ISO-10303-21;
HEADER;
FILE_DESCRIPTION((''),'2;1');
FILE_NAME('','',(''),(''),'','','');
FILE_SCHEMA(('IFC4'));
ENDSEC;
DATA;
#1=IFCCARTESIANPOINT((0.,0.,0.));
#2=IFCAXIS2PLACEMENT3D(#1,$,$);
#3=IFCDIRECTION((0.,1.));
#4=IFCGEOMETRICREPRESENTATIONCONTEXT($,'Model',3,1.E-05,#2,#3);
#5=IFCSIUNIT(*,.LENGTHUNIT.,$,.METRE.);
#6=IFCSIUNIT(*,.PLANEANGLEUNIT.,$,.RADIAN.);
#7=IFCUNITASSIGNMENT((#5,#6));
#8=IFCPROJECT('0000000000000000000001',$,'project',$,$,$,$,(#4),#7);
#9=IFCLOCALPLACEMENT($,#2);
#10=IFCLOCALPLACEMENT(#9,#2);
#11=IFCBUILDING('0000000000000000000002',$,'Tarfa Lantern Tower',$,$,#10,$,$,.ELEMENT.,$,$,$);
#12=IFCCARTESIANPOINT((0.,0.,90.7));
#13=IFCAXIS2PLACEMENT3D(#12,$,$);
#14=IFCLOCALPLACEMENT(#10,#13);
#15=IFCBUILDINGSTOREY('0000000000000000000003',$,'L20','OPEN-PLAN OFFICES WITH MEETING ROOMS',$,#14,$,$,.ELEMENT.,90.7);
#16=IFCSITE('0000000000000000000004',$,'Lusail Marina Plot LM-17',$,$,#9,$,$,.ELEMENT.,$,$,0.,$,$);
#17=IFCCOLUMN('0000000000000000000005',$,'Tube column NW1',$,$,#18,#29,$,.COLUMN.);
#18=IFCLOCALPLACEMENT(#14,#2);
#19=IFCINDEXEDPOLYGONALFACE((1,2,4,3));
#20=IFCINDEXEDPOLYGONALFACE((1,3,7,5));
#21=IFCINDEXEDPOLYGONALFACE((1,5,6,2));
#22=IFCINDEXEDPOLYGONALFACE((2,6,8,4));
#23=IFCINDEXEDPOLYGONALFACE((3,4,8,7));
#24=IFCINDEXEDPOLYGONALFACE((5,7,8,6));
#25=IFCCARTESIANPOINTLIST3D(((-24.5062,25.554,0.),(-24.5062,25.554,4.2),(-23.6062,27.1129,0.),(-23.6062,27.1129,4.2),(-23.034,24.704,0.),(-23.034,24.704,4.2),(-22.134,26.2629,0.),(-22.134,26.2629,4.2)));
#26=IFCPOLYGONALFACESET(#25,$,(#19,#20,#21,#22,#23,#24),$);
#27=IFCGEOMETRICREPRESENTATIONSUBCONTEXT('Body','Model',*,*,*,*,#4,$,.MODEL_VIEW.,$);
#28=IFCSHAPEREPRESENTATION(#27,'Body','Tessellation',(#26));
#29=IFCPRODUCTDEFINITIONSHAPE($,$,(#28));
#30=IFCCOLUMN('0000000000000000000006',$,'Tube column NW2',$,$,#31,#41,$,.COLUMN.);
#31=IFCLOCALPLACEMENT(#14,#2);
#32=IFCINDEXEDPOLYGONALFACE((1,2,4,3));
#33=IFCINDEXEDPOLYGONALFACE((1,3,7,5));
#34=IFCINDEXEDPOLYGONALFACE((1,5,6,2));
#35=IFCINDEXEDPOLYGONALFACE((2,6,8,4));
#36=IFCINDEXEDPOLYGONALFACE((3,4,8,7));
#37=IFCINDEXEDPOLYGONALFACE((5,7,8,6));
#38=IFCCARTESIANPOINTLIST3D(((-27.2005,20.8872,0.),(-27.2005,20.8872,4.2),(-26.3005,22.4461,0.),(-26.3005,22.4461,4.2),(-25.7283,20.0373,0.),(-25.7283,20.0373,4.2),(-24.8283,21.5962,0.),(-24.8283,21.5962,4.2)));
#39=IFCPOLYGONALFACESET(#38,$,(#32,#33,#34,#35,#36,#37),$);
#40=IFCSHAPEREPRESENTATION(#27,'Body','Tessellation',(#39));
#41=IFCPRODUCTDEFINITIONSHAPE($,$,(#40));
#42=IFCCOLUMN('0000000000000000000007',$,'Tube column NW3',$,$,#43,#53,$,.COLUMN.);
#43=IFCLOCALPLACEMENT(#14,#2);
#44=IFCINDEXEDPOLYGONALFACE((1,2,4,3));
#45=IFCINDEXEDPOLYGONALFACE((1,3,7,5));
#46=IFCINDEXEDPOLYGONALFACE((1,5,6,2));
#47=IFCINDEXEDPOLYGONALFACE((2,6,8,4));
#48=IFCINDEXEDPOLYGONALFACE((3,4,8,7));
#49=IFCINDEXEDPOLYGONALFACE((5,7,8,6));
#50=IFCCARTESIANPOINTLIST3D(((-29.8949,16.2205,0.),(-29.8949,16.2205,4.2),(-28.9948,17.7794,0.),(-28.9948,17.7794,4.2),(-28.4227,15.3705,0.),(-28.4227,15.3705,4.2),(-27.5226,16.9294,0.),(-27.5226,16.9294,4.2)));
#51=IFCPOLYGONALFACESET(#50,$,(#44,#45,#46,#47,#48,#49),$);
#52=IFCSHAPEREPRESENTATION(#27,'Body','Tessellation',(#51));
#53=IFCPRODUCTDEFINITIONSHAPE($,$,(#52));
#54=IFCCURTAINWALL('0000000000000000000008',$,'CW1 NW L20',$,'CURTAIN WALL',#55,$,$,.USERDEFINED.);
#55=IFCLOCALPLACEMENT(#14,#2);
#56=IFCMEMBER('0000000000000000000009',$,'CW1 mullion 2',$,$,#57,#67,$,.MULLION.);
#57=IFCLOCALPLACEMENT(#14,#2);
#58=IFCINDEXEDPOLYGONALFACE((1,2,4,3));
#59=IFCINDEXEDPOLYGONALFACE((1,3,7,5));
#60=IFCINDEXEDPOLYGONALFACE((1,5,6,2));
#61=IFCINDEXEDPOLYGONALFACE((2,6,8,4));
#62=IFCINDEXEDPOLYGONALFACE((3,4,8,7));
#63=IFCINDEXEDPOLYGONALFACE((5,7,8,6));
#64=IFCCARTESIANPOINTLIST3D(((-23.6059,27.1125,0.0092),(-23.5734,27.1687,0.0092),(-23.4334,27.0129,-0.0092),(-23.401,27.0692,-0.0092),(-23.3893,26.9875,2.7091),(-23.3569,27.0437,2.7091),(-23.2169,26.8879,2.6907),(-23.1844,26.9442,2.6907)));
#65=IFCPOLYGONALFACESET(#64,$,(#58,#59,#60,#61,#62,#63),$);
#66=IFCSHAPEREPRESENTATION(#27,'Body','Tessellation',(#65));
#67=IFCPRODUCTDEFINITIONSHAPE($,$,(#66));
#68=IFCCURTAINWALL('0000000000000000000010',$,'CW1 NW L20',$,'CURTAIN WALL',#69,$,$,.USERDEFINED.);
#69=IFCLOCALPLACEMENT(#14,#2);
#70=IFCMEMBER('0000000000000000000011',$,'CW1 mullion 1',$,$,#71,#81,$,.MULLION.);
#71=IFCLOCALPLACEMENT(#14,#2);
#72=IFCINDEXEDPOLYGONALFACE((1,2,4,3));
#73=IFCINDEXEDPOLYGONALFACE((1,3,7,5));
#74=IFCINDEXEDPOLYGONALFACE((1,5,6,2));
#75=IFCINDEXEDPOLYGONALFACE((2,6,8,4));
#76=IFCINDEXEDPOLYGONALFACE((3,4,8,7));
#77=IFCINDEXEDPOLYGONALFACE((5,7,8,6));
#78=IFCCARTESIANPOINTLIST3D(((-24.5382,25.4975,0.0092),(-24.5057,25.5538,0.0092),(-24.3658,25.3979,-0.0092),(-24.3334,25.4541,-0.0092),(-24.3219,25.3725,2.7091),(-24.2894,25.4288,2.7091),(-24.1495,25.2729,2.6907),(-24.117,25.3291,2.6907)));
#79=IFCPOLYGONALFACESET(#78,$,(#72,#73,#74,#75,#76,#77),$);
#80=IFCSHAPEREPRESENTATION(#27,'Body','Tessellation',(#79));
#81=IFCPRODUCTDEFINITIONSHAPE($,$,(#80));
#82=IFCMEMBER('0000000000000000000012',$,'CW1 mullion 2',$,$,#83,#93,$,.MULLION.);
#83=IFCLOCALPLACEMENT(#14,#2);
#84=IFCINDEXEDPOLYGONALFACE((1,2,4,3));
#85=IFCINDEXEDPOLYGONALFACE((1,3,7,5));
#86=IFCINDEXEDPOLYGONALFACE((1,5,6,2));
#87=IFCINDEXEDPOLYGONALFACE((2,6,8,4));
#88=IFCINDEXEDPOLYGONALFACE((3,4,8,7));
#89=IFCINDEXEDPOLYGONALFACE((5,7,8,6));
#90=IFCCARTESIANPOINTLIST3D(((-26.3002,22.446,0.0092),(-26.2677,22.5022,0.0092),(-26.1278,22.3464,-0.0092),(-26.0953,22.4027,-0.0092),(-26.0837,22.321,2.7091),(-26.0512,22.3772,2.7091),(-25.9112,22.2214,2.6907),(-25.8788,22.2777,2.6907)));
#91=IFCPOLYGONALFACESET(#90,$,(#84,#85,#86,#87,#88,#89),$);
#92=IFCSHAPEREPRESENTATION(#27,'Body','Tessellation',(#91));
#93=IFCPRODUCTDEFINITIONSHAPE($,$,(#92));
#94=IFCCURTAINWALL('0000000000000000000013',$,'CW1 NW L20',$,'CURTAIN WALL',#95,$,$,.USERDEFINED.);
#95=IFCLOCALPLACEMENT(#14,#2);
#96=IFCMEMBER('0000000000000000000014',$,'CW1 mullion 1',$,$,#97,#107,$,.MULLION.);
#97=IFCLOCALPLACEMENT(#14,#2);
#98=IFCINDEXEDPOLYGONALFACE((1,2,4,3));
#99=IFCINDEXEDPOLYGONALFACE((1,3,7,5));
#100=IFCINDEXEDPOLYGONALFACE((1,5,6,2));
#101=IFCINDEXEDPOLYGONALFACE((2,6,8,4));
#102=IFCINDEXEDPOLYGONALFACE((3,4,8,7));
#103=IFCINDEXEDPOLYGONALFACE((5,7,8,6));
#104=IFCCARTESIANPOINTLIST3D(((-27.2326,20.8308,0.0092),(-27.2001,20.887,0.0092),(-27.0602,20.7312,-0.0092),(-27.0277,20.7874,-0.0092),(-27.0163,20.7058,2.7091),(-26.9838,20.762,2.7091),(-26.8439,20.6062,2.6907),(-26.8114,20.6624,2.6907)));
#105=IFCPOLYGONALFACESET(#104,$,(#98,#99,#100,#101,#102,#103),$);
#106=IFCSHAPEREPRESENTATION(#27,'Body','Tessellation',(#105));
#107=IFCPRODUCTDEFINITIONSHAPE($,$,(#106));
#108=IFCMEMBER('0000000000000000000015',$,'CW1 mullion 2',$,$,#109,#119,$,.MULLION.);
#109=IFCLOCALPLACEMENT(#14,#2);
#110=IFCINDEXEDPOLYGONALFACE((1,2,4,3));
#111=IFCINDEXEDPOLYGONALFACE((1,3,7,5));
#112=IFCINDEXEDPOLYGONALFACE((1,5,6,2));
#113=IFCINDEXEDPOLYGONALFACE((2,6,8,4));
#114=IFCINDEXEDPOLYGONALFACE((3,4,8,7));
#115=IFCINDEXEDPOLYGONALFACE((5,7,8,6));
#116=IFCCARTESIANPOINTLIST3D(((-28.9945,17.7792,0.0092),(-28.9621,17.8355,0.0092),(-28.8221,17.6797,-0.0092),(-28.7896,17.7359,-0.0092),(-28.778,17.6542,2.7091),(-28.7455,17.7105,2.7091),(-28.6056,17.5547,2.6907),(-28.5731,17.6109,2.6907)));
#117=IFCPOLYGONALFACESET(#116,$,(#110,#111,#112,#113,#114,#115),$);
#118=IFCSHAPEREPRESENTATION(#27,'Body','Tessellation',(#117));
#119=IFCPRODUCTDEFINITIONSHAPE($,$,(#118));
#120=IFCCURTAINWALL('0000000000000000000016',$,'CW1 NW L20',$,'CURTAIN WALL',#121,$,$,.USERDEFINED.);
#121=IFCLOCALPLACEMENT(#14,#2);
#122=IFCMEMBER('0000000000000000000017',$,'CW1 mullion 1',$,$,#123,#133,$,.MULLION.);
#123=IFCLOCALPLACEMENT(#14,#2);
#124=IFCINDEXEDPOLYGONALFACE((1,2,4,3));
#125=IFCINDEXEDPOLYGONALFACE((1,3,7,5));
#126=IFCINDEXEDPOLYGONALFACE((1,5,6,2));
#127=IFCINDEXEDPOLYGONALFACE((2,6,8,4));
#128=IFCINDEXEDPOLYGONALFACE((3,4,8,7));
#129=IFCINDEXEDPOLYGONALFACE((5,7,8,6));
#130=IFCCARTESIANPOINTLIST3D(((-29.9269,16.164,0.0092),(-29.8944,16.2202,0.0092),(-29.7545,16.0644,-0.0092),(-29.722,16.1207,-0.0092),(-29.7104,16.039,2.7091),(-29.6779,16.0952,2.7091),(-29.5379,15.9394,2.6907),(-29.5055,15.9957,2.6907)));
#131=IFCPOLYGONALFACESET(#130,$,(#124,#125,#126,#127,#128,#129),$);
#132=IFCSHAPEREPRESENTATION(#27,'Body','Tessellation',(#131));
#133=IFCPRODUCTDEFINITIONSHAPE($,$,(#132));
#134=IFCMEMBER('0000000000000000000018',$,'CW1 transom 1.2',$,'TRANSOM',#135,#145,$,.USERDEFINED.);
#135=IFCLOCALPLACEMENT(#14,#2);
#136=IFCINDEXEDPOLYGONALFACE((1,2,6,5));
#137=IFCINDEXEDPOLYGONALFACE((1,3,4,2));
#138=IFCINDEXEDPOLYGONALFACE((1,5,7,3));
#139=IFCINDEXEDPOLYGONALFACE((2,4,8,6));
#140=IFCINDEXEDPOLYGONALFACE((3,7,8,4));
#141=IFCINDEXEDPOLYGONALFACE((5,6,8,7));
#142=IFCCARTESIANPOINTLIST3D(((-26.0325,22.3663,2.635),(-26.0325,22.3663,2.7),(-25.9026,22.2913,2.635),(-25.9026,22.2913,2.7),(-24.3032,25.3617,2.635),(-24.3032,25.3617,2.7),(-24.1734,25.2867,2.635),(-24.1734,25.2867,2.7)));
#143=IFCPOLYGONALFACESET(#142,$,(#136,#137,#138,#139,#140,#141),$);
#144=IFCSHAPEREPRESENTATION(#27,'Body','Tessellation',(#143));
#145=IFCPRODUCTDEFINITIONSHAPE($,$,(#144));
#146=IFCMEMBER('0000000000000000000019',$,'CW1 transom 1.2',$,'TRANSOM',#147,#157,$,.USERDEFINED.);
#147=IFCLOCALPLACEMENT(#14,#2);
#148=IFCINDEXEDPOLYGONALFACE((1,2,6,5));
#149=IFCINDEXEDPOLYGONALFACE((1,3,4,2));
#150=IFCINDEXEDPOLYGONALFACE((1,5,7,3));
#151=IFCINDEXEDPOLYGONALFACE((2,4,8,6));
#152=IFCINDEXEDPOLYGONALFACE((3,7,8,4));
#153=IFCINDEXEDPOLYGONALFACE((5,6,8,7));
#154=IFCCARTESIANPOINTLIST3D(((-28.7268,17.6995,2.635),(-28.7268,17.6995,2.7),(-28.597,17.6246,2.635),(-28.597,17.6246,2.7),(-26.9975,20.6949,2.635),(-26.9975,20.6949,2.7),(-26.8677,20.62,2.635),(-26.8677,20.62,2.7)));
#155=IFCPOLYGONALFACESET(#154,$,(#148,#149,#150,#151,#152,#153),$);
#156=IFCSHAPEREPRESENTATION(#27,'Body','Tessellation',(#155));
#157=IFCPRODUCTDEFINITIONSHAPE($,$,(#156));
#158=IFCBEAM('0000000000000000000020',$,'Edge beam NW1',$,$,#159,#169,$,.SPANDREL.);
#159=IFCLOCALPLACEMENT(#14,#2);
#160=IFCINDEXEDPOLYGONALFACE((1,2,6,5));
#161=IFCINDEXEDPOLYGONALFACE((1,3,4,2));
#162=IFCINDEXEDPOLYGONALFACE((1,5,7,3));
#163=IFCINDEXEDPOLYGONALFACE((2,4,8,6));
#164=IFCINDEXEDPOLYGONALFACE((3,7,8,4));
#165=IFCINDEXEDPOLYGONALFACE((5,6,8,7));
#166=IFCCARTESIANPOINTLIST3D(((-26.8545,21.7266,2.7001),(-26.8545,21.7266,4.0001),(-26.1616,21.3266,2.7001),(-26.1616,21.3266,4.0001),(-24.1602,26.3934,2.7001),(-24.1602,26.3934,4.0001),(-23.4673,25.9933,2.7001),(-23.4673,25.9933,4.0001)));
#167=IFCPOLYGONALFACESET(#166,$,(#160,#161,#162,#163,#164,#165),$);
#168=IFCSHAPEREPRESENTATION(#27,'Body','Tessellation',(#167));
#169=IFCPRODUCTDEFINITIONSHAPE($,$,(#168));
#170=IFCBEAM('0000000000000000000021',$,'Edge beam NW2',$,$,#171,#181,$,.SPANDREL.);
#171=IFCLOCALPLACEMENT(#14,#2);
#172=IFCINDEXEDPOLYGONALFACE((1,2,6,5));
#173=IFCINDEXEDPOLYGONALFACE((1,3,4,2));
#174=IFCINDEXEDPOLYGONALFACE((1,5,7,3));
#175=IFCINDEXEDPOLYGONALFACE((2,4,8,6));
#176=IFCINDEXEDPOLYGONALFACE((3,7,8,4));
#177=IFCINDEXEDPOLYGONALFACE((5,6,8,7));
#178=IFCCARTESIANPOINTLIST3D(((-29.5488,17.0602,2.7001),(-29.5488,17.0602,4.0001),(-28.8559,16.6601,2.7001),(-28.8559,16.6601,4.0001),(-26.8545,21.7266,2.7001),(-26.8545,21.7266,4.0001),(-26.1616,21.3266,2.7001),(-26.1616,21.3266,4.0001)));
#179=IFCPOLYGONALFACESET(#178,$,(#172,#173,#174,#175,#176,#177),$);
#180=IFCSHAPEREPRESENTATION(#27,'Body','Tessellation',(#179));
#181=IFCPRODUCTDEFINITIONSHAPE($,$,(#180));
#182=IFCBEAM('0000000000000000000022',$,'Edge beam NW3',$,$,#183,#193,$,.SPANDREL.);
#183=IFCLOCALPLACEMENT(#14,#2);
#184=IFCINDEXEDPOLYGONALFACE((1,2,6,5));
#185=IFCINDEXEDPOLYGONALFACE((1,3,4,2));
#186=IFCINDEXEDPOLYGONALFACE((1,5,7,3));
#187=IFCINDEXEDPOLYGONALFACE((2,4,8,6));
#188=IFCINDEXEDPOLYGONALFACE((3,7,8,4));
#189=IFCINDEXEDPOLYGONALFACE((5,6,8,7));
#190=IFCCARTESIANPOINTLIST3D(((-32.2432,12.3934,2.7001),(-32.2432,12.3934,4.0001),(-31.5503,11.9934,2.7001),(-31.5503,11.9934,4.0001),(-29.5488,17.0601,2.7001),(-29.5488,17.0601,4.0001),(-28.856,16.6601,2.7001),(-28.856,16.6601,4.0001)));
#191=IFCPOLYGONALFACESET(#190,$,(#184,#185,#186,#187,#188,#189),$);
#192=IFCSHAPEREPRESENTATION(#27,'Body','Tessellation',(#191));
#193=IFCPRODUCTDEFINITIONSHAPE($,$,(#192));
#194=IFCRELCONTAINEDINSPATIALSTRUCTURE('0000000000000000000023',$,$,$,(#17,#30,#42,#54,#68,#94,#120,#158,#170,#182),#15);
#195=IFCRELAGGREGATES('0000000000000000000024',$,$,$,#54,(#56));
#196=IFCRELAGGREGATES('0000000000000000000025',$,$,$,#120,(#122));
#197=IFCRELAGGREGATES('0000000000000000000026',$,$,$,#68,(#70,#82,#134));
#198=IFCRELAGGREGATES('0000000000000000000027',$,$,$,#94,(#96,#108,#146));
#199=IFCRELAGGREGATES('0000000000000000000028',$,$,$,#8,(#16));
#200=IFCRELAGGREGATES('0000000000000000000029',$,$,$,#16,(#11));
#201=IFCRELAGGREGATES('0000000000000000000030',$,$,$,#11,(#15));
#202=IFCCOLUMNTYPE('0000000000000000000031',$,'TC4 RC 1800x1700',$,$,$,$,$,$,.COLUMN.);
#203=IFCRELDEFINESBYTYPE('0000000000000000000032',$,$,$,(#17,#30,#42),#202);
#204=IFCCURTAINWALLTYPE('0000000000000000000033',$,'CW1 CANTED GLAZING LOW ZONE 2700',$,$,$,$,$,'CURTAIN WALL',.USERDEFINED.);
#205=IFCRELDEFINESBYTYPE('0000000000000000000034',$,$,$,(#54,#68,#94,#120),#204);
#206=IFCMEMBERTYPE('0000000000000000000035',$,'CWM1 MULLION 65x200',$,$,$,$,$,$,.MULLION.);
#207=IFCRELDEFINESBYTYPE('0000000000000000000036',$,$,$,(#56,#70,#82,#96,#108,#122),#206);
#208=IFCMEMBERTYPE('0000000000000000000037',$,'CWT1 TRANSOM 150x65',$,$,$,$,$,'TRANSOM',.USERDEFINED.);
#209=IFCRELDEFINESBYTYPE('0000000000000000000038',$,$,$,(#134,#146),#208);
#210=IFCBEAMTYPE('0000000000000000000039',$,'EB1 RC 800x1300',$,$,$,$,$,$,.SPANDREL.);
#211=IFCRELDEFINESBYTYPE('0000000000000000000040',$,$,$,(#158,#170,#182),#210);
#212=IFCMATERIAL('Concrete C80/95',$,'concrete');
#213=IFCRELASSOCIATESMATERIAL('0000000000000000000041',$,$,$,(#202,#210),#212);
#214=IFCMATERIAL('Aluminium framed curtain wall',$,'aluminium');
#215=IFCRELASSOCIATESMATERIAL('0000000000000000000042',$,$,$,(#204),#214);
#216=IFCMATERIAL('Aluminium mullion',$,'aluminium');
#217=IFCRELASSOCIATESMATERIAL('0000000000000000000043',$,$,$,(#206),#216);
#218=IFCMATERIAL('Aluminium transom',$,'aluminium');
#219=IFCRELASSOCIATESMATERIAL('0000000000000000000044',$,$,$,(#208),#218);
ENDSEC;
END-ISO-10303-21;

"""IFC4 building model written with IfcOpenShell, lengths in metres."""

from ifc_helpers import new_model, si_unit, direction, frame, origin, origin_2d, place, context, subcontext, project, spatial, rectangle, extrude, material, material_profile, profile_set, type_object, element, aggregate, save


model = new_model("IFC4")

# Units and contexts
model_context = context("Model", 3, precision=1e-05, world=origin(), true_north=direction((0.0, 1.0)))
body_context = subcontext(model_context, "Body", "Model", "MODEL_VIEW")
ifc_project = project(units=[si_unit("LENGTHUNIT", "METRE"), si_unit("PLANEANGLEUNIT", "RADIAN")], contexts=[model_context])

# Site, building, storey
site_placement = place(None, origin())
site = spatial("IfcSite", under=ifc_project, at=site_placement, Name="Lusail Marina Plot LM-17", CompositionType="ELEMENT", RefElevation=0.0)
building_placement = place(site_placement, origin())
building = spatial("IfcBuilding", under=site, at=building_placement, Name="Tarfa Lantern Tower", CompositionType="ELEMENT")
storey_placement = place(building_placement, frame((0.0, 0.0, 90.7)))
storey = spatial("IfcBuildingStorey", under=building, at=storey_placement, Name="L20", Description="OPEN-PLAN OFFICES WITH MEETING ROOMS", CompositionType="ELEMENT", Elevation=90.7)

# Columns
ifc_material_1 = material(Name="Concrete C80/95", Category="concrete")
ifc_material_profile_1 = material_profile(ifc_material_1, rectangle(XDim=1.8, YDim=1.7, at=origin_2d()), Name="RC 1800x1700")
ifc_profile_set_1 = profile_set([ifc_material_profile_1], Name="Concrete C80/95")
column_type = type_object("IfcColumnType", Name="TC4 RC 1800x1700", PredefinedType="COLUMN", material=ifc_profile_set_1)
for number, where, z_axis, x_axis, name in (
    (1, (-23.3201, 25.9084, 0.0), (0.0, 0.0, 1.0), (-0.5, -0.866025, 0.0), "Tube column NW1"),
    (2, (-26.0144, 21.2417, 0.0), (0.0, 0.0, 1.0), (-0.5, -0.866025, 0.0), "Tube column NW2"),
    (3, (-28.7087, 16.575, 0.0), (0.0, 0.0, 1.0), (-0.5, -0.866025, 0.0), "Tube column NW3"),
):
    element("IfcColumn", number, at=place(storey_placement, frame(where, z_axis=z_axis, x_axis=x_axis)), inside=storey, type_object=column_type, Name=name, PredefinedType="COLUMN", context=body_context, shape_type="SweptSolid", body=[
        extrude(rectangle(XDim=1.8, YDim=1.7, at=origin_2d()), origin(), (0.0, 0.0, 1.0), 4.2),
    ])

# Curtain wall, member
ifc_material_2 = material(Name="Aluminium framed curtain wall", Category="aluminium")
curtain_wall_type = type_object("IfcCurtainWallType", Name="CW1 CANTED GLAZING LOW ZONE 2700", ElementType="CURTAIN WALL", PredefinedType="USERDEFINED", material=ifc_material_2)
curtain_wall_1_placement = place(storey_placement, origin())
curtain_wall_1 = element("IfcCurtainWall", 4, at=curtain_wall_1_placement, inside=storey, type_object=curtain_wall_type, Name="CW1 NW L20", ObjectType="CURTAIN WALL", PredefinedType="USERDEFINED")
ifc_material_3 = material(Name="Aluminium mullion", Category="aluminium")
ifc_material_profile_2 = material_profile(ifc_material_3, rectangle(XDim=0.0649, YDim=0.2, at=origin_2d()), Name="AL MULLION 65x200")
ifc_profile_set_2 = profile_set([ifc_material_profile_2], Name="Aluminium mullion")
member_type_1 = type_object("IfcMemberType", Name="CWM1 MULLION 65x200", PredefinedType="MULLION", material=ifc_profile_set_2)
member_1_placement = place(storey_placement, frame((-23.5034, 27.0908, 0.0), z_axis=(0.079864, -0.0461, 0.995739), x_axis=(0.49992, 0.866072, 0.0)))
member_1 = element("IfcMember", 5, at=member_1_placement, type_object=member_type_1, Name="CW1 mullion 2", PredefinedType="MULLION", context=body_context, shape_type="SweptSolid", body=[
    extrude(rectangle(XDim=0.0649, YDim=0.2, at=origin_2d()), origin(), (0.0, 0.0, 1.0), 2.7114),
])
aggregate(curtain_wall_1, [member_1])

# Curtain walls, members
curtain_wall_2_placement = place(storey_placement, origin())
curtain_wall_2 = element("IfcCurtainWall", 6, at=curtain_wall_2_placement, inside=storey, type_object=curtain_wall_type, Name="CW1 NW L20", ObjectType="CURTAIN WALL", PredefinedType="USERDEFINED")
member_2_placement = place(storey_placement, frame((-24.4358, 25.4758, 0.0), z_axis=(0.079775, -0.0461, 0.995746), x_axis=(0.500343, 0.865827, 0.0)))
member_2 = element("IfcMember", 7, at=member_2_placement, type_object=member_type_1, Name="CW1 mullion 1", PredefinedType="MULLION", context=body_context, shape_type="SweptSolid", body=[
    extrude(rectangle(XDim=0.0649, YDim=0.2, at=origin_2d()), origin(), (0.0, 0.0, 1.0), 2.7114),
])
member_3_placement = place(storey_placement, frame((-26.1978, 22.4243, 0.0), z_axis=(0.079864, -0.0461, 0.995739), x_axis=(0.49992, 0.866072, 0.0)))
member_3 = element("IfcMember", 8, at=member_3_placement, type_object=member_type_1, Name="CW1 mullion 2", PredefinedType="MULLION", context=body_context, shape_type="SweptSolid", body=[
    extrude(rectangle(XDim=0.0649, YDim=0.2, at=origin_2d()), origin(), (0.0, 0.0, 1.0), 2.7114),
])
curtain_wall_3_placement = place(storey_placement, origin())
curtain_wall_3 = element("IfcCurtainWall", 9, at=curtain_wall_3_placement, inside=storey, type_object=curtain_wall_type, Name="CW1 NW L20", ObjectType="CURTAIN WALL", PredefinedType="USERDEFINED")
member_4_placement = place(storey_placement, frame((-27.1301, 20.8091, 0.0), z_axis=(0.079775, -0.0461, 0.995746), x_axis=(0.500343, 0.865827, 0.0)))
member_4 = element("IfcMember", 10, at=member_4_placement, type_object=member_type_1, Name="CW1 mullion 1", PredefinedType="MULLION", context=body_context, shape_type="SweptSolid", body=[
    extrude(rectangle(XDim=0.0649, YDim=0.2, at=origin_2d()), origin(), (0.0, 0.0, 1.0), 2.7114),
])
member_5_placement = place(storey_placement, frame((-28.8921, 17.7576, 0.0), z_axis=(0.079864, -0.0461, 0.995739), x_axis=(0.49992, 0.866072, 0.0)))
member_5 = element("IfcMember", 11, at=member_5_placement, type_object=member_type_1, Name="CW1 mullion 2", PredefinedType="MULLION", context=body_context, shape_type="SweptSolid", body=[
    extrude(rectangle(XDim=0.0649, YDim=0.2, at=origin_2d()), origin(), (0.0, 0.0, 1.0), 2.7114),
])

# Curtain wall, member
curtain_wall_4_placement = place(storey_placement, origin())
curtain_wall_4 = element("IfcCurtainWall", 12, at=curtain_wall_4_placement, inside=storey, type_object=curtain_wall_type, Name="CW1 NW L20", ObjectType="CURTAIN WALL", PredefinedType="USERDEFINED")
member_6_placement = place(storey_placement, frame((-29.8245, 16.1423, 0.0), z_axis=(0.079864, -0.0461, 0.995739), x_axis=(0.49992, 0.866072, 0.0)))
member_6 = element("IfcMember", 13, at=member_6_placement, type_object=member_type_1, Name="CW1 mullion 1", PredefinedType="MULLION", context=body_context, shape_type="SweptSolid", body=[
    extrude(rectangle(XDim=0.0649, YDim=0.2, at=origin_2d()), origin(), (0.0, 0.0, 1.0), 2.7114),
])
aggregate(curtain_wall_4, [member_6])

# Members
ifc_material_4 = material(Name="Aluminium transom", Category="aluminium")
ifc_material_profile_3 = material_profile(ifc_material_4, rectangle(XDim=0.1499, YDim=0.0649, at=origin_2d()), Name="AL TRANSOM 150x65")
ifc_profile_set_3 = profile_set([ifc_material_profile_3], Name="Aluminium transom")
member_type_2 = type_object("IfcMemberType", Name="CWT1 TRANSOM 150x65", ElementType="TRANSOM", PredefinedType="USERDEFINED", material=ifc_profile_set_3)
member_7_placement = place(storey_placement, frame((-24.2383, 25.3242, 2.6675), z_axis=(-0.499973, -0.866041, 0.0), x_axis=(0.866041, -0.499973, 0.0)))
member_7 = element("IfcMember", 14, at=member_7_placement, type_object=member_type_2, Name="CW1 transom 1.2", ObjectType="TRANSOM", PredefinedType="USERDEFINED", context=body_context, shape_type="SweptSolid", body=[
    extrude(rectangle(XDim=0.1499, YDim=0.0649, at=origin_2d()), origin(), (0.0, 0.0, 1.0), 3.4587),
])
member_8_placement = place(storey_placement, frame((-26.9326, 20.6575, 2.6675), z_axis=(-0.499973, -0.866041, 0.0), x_axis=(0.866041, -0.499973, 0.0)))
member_8 = element("IfcMember", 15, at=member_8_placement, type_object=member_type_2, Name="CW1 transom 1.2", ObjectType="TRANSOM", PredefinedType="USERDEFINED", context=body_context, shape_type="SweptSolid", body=[
    extrude(rectangle(XDim=0.1499, YDim=0.0649, at=origin_2d()), origin(), (0.0, 0.0, 1.0), 3.4587),
])

# Beams
ifc_material_profile_4 = material_profile(ifc_material_1, rectangle(XDim=0.8, YDim=1.3, at=origin_2d()), Name="RC 800x1300")
ifc_profile_set_4 = profile_set([ifc_material_profile_4], Name="Concrete C80/95")
beam_type_1 = type_object("IfcBeamType", Name="EB1 RC 800x1300", PredefinedType="SPANDREL", material=ifc_profile_set_4)
beam_1_placement = place(storey_placement, frame((-23.8137, 26.1934, 3.3501), z_axis=(-0.499998, -0.866026, 0.0), x_axis=(0.866026, -0.499998, 0.0)))
element("IfcBeam", 16, at=beam_1_placement, inside=storey, type_object=beam_type_1, Name="Edge beam NW1", PredefinedType="SPANDREL", context=body_context, shape_type="SweptSolid", body=[
    extrude(rectangle(XDim=0.8, YDim=1.3, at=origin_2d()), origin(), (0.0, 0.0, 1.0), 5.3887),
])
beam_2_placement = place(storey_placement, frame((-26.5081, 21.5266, 3.3501), z_axis=(-0.500018, -0.866015, 0.0), x_axis=(0.866015, -0.500018, 0.0)))
element("IfcBeam", 17, at=beam_2_placement, inside=storey, type_object=beam_type_1, Name="Edge beam NW2", PredefinedType="SPANDREL", context=body_context, shape_type="SweptSolid", body=[
    extrude(rectangle(XDim=0.8, YDim=1.3, at=origin_2d()), origin(), (0.0, 0.0, 1.0), 5.3884),
])
beam_3_placement = place(storey_placement, frame((-29.2024, 16.8601, 3.3501), z_axis=(-0.499998, -0.866026, 0.0), x_axis=(0.866026, -0.499998, 0.0)))
element("IfcBeam", 18, at=beam_3_placement, inside=storey, type_object=beam_type_1, Name="Edge beam NW3", PredefinedType="SPANDREL", context=body_context, shape_type="SweptSolid", body=[
    extrude(rectangle(XDim=0.8, YDim=1.3, at=origin_2d()), origin(), (0.0, 0.0, 1.0), 5.3887),
])

aggregate(curtain_wall_2, [member_2, member_3, member_7])
aggregate(curtain_wall_3, [member_4, member_5, member_8])

save(model, "model.ifc")
